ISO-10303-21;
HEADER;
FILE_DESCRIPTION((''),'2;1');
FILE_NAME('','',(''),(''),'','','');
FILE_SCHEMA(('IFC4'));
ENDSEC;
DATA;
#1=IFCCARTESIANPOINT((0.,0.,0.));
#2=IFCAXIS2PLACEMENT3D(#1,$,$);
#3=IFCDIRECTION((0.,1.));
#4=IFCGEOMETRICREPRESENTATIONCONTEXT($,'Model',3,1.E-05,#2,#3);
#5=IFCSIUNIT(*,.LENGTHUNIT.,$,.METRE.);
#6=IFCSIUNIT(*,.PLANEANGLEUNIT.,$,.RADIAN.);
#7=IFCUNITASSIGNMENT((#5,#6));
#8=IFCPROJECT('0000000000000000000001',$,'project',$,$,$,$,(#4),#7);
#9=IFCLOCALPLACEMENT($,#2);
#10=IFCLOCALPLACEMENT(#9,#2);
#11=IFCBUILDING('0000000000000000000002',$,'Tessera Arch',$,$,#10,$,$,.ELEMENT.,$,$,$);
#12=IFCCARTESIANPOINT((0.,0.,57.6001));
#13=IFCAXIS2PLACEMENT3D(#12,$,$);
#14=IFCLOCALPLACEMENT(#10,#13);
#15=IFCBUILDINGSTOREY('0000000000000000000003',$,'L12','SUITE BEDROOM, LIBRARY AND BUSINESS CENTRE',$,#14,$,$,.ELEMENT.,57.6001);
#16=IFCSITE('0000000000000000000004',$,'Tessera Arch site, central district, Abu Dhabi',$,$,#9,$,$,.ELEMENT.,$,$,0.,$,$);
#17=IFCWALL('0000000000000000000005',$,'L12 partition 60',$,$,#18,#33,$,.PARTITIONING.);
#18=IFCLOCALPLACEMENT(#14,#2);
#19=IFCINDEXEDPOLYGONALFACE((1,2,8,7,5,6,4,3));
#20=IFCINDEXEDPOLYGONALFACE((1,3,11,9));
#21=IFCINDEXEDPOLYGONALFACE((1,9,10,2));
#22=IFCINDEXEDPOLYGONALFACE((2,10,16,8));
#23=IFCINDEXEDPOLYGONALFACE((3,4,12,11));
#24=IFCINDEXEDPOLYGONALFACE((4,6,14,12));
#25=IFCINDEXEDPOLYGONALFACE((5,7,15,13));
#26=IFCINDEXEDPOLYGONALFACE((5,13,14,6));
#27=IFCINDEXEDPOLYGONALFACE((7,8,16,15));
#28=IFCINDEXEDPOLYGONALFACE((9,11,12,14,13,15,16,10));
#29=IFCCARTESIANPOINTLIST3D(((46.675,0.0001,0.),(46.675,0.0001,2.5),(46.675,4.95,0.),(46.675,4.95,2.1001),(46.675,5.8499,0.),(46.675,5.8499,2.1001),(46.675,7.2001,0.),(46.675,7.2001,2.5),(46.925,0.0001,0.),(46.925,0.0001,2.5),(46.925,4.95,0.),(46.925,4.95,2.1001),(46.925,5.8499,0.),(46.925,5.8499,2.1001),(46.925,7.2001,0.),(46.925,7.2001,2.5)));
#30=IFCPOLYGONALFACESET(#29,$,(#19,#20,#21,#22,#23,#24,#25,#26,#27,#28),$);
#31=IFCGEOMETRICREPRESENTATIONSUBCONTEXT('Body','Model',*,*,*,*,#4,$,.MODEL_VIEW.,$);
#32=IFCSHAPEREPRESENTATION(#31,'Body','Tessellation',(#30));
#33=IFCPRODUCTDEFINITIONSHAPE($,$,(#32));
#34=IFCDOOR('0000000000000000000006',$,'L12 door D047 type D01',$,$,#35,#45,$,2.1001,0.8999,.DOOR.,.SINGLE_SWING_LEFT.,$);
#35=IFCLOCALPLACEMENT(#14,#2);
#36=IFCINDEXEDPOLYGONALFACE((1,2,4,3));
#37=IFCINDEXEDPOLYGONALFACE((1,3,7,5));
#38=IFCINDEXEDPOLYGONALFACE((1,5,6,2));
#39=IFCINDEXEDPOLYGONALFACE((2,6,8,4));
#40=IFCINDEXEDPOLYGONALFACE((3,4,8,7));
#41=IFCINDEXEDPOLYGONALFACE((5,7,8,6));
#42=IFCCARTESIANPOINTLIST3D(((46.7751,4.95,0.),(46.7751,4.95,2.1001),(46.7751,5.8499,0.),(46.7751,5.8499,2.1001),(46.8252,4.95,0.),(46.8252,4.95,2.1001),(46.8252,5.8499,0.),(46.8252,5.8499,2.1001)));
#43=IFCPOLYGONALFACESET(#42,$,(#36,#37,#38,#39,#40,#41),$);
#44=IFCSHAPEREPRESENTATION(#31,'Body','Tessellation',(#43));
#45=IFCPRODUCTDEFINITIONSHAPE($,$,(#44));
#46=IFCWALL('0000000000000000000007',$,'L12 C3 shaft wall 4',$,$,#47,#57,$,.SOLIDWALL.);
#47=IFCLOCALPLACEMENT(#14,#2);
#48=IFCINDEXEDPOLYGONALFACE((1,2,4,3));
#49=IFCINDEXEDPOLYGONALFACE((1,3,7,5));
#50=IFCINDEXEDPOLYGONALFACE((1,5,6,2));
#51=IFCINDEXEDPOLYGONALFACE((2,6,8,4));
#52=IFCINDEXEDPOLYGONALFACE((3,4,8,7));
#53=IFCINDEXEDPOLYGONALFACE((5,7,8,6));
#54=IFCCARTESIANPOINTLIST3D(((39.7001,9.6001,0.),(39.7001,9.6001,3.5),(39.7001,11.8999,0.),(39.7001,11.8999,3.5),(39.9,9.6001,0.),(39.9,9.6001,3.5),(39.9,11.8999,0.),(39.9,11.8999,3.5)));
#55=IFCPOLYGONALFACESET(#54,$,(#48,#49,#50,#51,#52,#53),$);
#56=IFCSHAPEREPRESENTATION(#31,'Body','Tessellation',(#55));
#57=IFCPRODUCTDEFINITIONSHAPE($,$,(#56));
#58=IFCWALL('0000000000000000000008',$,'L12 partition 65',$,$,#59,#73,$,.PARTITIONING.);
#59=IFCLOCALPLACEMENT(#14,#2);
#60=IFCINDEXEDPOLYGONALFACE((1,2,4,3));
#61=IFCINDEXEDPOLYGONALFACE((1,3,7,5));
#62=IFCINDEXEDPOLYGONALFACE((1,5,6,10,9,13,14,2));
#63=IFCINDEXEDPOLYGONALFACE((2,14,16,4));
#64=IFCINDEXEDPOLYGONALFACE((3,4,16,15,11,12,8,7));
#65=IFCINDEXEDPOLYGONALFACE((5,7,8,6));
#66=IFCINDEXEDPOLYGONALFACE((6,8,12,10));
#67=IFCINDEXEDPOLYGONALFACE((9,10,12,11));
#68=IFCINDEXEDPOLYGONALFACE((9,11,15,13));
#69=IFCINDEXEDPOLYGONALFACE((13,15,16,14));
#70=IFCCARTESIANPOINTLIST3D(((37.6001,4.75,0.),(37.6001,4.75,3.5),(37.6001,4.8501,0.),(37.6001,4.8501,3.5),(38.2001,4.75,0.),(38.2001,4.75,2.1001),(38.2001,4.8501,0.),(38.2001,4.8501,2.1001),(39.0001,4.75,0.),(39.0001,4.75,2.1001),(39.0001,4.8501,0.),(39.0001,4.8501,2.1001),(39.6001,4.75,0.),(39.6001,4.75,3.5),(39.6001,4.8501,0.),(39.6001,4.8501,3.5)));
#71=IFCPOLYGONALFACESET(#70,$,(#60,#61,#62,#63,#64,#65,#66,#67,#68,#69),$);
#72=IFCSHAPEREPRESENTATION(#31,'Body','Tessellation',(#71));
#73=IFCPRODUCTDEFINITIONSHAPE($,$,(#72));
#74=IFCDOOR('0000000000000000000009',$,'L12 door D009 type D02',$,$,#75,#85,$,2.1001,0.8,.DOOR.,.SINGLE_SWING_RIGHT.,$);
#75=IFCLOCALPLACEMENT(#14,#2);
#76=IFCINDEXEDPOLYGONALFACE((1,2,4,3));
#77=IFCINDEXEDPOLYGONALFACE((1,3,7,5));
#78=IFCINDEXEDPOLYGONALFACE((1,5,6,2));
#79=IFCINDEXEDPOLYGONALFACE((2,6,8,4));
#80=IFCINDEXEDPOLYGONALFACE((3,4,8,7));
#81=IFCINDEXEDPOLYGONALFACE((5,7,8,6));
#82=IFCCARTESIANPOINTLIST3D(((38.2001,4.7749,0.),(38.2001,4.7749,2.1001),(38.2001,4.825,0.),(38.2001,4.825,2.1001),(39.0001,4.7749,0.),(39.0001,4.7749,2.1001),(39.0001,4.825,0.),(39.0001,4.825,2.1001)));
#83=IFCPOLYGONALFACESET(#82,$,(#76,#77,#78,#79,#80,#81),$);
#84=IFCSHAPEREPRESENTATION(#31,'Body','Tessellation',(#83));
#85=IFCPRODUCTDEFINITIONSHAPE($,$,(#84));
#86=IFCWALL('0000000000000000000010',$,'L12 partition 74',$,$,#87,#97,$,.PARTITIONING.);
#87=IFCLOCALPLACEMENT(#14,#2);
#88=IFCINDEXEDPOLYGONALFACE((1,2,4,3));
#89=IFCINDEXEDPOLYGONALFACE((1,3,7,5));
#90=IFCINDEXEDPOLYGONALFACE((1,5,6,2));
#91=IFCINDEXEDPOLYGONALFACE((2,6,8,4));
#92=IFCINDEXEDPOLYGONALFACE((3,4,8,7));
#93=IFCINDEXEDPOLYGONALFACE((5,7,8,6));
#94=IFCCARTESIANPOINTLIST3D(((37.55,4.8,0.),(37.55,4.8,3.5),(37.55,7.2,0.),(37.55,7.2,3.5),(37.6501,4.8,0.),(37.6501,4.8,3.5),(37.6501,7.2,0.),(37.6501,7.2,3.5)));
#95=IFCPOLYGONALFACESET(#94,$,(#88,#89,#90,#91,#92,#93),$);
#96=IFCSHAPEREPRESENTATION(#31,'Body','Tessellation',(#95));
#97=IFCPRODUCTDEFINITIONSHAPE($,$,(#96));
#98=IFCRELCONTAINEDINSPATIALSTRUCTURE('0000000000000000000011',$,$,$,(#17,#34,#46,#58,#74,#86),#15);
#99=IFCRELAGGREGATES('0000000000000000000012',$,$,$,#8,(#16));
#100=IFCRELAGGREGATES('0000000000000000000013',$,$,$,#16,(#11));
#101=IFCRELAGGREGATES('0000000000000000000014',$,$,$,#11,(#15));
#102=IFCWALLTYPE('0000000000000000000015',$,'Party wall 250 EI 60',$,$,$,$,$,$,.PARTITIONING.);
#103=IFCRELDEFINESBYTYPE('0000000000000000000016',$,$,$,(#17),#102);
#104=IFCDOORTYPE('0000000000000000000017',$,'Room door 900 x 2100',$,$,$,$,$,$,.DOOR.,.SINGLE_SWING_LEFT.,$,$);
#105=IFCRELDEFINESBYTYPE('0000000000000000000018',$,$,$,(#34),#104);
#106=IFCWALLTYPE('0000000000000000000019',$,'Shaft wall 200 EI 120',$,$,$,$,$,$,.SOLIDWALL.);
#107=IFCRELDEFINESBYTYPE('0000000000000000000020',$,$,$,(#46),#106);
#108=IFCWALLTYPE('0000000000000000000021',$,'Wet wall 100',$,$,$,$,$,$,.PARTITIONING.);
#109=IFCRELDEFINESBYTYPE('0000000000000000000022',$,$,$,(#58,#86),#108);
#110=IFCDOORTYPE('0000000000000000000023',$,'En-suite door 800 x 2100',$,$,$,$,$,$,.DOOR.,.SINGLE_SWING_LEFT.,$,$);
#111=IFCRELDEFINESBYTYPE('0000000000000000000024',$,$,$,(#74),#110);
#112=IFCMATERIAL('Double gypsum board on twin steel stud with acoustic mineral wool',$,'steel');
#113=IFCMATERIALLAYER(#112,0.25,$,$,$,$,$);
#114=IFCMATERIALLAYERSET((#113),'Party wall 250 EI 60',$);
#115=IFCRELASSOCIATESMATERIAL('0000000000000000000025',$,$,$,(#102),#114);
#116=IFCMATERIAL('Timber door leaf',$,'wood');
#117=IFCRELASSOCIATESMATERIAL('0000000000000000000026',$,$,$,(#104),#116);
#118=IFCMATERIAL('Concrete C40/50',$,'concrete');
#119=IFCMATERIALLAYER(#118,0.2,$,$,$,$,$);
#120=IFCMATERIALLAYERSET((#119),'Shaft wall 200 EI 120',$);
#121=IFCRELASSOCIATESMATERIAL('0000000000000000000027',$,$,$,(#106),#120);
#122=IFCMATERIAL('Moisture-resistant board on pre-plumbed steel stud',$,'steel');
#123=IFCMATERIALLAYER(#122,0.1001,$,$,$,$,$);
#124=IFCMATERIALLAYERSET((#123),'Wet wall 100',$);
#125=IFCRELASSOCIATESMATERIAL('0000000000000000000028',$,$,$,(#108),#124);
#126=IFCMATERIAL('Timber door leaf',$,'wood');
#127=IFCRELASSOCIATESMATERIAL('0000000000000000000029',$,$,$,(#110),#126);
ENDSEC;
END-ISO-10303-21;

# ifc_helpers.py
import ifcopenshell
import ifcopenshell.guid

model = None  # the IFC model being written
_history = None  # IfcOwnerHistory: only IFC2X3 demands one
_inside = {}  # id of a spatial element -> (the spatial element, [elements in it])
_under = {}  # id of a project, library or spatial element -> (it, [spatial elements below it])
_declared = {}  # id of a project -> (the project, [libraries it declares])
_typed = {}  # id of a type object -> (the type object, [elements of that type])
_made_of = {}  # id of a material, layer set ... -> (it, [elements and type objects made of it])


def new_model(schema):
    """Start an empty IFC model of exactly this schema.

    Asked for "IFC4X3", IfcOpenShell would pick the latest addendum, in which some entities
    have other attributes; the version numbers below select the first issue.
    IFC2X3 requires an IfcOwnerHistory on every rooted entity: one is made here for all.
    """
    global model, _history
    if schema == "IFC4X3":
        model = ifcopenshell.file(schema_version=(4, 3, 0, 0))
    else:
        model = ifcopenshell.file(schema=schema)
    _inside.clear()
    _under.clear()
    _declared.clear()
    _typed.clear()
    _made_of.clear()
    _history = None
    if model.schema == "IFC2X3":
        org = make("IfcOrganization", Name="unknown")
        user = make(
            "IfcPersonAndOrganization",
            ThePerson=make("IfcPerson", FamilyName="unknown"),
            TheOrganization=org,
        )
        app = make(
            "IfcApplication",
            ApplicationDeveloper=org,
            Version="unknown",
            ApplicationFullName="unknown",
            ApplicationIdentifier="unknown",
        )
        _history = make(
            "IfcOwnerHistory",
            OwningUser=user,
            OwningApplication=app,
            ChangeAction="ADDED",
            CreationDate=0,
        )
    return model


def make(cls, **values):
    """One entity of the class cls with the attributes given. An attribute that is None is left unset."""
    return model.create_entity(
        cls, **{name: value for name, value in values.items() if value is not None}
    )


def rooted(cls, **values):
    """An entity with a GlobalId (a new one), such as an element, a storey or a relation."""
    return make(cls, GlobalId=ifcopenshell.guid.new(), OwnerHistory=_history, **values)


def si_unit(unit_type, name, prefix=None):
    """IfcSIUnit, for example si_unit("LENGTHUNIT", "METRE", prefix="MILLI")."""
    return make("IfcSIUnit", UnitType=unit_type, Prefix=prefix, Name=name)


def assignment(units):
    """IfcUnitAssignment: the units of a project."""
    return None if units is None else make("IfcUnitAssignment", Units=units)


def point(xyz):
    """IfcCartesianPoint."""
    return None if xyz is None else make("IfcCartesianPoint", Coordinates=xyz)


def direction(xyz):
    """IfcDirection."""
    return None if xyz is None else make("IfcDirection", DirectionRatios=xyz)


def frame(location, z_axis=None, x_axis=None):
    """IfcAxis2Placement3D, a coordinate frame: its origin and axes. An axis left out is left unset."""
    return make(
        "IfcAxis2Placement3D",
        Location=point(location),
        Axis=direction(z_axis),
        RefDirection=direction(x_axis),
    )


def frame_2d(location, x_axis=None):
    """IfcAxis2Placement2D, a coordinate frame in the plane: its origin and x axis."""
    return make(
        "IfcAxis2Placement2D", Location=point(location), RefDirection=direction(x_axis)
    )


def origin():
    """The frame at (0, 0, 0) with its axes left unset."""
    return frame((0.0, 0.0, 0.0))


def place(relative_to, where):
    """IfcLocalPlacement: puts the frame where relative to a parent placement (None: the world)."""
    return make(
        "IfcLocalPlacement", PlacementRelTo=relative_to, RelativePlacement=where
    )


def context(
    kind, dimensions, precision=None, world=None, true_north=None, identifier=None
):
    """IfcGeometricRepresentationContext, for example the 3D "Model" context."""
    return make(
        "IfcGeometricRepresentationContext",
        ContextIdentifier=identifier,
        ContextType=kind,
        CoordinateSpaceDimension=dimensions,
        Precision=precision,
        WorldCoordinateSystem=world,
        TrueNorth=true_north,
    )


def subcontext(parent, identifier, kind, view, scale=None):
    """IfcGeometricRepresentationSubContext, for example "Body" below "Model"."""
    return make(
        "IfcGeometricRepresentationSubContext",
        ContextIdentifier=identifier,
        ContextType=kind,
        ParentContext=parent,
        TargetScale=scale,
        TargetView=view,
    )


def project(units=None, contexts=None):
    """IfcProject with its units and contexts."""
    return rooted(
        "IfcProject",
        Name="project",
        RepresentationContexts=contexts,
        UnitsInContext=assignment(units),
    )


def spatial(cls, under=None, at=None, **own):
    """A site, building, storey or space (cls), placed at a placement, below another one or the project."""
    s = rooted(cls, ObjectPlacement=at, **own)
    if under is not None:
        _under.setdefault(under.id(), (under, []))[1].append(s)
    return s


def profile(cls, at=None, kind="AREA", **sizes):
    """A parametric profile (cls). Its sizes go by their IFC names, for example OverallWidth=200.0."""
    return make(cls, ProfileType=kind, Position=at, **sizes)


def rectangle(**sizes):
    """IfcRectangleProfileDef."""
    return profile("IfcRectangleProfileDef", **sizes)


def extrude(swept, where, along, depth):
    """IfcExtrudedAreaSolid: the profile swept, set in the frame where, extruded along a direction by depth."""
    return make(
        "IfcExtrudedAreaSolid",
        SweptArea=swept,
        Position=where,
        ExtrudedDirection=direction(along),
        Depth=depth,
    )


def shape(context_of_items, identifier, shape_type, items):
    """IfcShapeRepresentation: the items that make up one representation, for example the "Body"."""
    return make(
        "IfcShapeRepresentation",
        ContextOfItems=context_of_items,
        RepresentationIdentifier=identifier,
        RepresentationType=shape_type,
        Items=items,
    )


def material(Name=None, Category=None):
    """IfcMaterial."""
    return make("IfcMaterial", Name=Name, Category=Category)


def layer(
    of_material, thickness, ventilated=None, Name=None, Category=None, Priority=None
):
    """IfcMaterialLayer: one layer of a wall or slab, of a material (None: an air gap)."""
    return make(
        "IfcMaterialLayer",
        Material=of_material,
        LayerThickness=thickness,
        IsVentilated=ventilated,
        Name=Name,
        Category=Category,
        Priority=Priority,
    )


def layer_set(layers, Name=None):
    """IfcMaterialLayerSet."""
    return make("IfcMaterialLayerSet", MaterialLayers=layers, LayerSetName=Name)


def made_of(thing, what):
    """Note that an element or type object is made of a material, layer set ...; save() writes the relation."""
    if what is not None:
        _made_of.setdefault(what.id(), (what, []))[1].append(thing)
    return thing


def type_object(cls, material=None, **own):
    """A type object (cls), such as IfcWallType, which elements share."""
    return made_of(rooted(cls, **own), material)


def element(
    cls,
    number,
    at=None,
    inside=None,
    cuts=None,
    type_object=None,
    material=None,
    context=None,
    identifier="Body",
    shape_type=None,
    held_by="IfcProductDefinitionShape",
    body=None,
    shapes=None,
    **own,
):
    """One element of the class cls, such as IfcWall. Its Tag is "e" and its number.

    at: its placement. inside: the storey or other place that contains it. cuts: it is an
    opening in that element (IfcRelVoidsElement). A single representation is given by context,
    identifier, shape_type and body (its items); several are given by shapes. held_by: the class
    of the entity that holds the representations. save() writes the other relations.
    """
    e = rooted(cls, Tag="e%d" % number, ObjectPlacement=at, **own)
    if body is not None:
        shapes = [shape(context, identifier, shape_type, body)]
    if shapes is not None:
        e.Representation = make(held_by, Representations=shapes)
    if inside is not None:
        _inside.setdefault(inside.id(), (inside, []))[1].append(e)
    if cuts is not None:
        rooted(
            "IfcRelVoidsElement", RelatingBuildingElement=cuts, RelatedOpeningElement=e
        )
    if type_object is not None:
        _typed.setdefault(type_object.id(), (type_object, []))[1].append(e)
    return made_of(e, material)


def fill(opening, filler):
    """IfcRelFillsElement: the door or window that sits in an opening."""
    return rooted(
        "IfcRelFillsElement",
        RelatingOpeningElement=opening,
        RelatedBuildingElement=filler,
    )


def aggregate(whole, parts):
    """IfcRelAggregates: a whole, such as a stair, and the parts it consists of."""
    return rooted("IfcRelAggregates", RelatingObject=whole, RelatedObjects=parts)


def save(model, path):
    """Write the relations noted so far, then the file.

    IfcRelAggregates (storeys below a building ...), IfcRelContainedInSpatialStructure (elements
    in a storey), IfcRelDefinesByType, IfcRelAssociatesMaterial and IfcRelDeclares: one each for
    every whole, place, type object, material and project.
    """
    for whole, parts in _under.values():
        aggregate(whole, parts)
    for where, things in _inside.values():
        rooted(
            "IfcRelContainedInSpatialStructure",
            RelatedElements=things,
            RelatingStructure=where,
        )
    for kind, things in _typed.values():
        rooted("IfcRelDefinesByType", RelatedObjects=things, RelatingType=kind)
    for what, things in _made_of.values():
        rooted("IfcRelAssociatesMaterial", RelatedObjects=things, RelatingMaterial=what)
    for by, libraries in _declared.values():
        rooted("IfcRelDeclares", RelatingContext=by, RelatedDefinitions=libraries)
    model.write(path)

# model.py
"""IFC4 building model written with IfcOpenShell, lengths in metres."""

from ifc_helpers import new_model, si_unit, direction, frame, frame_2d, origin, place, context, subcontext, project, spatial, rectangle, extrude, material, layer, layer_set, type_object, element, fill, save


model = new_model("IFC4")

# Units and contexts
model_context = context("Model", 3, precision=1e-05, world=origin(), true_north=direction((0.0, 1.0)))
body_context = subcontext(model_context, "Body", "Model", "MODEL_VIEW")
ifc_project = project(units=[si_unit("LENGTHUNIT", "METRE"), si_unit("PLANEANGLEUNIT", "RADIAN")], contexts=[model_context])

# Site, building, storey
site_placement = place(None, origin())
site = spatial("IfcSite", under=ifc_project, at=site_placement, Name="Tessera Arch site, central district, Abu Dhabi", CompositionType="ELEMENT", RefElevation=0.0)
building_placement = place(site_placement, origin())
building = spatial("IfcBuilding", under=site, at=building_placement, Name="Tessera Arch", CompositionType="ELEMENT")
storey_placement = place(building_placement, frame((0.0, 0.0, 57.6001)))
storey = spatial("IfcBuildingStorey", under=building, at=storey_placement, Name="L12", Description="SUITE BEDROOM, LIBRARY AND BUSINESS CENTRE", CompositionType="ELEMENT", Elevation=57.6001)

# Shared definitions
ifc_material_1 = material(Name="Double gypsum board on twin steel stud with acoustic mineral wool", Category="steel")
ifc_layer_1 = layer(ifc_material_1, 0.25)
ifc_layer_set_1 = layer_set([ifc_layer_1], Name="Party wall 250 EI 60")
wall_type_1 = type_object("IfcWallType", Name="Party wall 250 EI 60", PredefinedType="PARTITIONING", material=ifc_layer_set_1)

# Wall, opening, door
wall_1_placement = place(storey_placement, frame((46.8, 0.0, 0.0), z_axis=(0.0, 0.0, 1.0), x_axis=(0.0, 1.0, 0.0)))
wall_1 = element("IfcWall", 1, at=wall_1_placement, inside=storey, type_object=wall_type_1, Name="L12 partition 60", PredefinedType="PARTITIONING", context=body_context, shape_type="SweptSolid", body=[
    extrude(rectangle(XDim=7.2, YDim=0.25, at=frame_2d((3.6001, 0.0))), origin(), (0.0, 0.0, 1.0), 2.5),
])
opening_1_placement = place(wall_1_placement, frame((4.95, 0.0, 0.0)))
opening_1 = element("IfcOpeningElement", 2, at=opening_1_placement, cuts=wall_1, PredefinedType="OPENING", context=body_context, shape_type="SweptSolid", body=[
    extrude(rectangle(XDim=0.8999, YDim=2.1001, at=frame_2d((0.45, 1.05))), frame((0.0, 0.135, 0.0), z_axis=(0.0, -1.0, 0.0), x_axis=(1.0, 0.0, 0.0)), (0.0, 0.0, 1.0), 0.27),
])
ifc_material_2 = material(Name="Timber door leaf", Category="wood")
door_type_1 = type_object("IfcDoorType", Name="Room door 900 x 2100", OperationType="SINGLE_SWING_LEFT", PredefinedType="DOOR", material=ifc_material_2)
door_1_placement = place(opening_1_placement, origin())
door_1 = element("IfcDoor", 3, at=door_1_placement, inside=storey, type_object=door_type_1, Name="L12 door D047 type D01", OperationType="SINGLE_SWING_LEFT", OverallHeight=2.1001, OverallWidth=0.8999, PredefinedType="DOOR", context=body_context, shape_type="SweptSolid", body=[
    extrude(rectangle(XDim=0.8999, YDim=2.1001, at=frame_2d((0.45, 1.05))), frame((0.0, 0.0249, 0.0), z_axis=(0.0, -1.0, 0.0), x_axis=(1.0, 0.0, 0.0)), (0.0, 0.0, 1.0), 0.05),
])
fill(opening_1, door_1)

# Wall
ifc_material_3 = material(Name="Concrete C40/50", Category="concrete")
ifc_layer_2 = layer(ifc_material_3, 0.2)
ifc_layer_set_2 = layer_set([ifc_layer_2], Name="Shaft wall 200 EI 120")
wall_type_2 = type_object("IfcWallType", Name="Shaft wall 200 EI 120", PredefinedType="SOLIDWALL", material=ifc_layer_set_2)
wall_2_placement = place(storey_placement, frame((39.8, 9.6001, 0.0), z_axis=(0.0, 0.0, 1.0), x_axis=(0.0, 1.0, 0.0)))
element("IfcWall", 4, at=wall_2_placement, inside=storey, type_object=wall_type_2, Name="L12 C3 shaft wall 4", PredefinedType="SOLIDWALL", context=body_context, shape_type="SweptSolid", body=[
    extrude(rectangle(XDim=2.2998, YDim=0.2, at=frame_2d((1.1499, 0.0))), origin(), (0.0, 0.0, 1.0), 3.5),
])

# Wall, opening, door
ifc_material_4 = material(Name="Moisture-resistant board on pre-plumbed steel stud", Category="steel")
ifc_layer_3 = layer(ifc_material_4, 0.1001)
ifc_layer_set_3 = layer_set([ifc_layer_3], Name="Wet wall 100")
wall_type_3 = type_object("IfcWallType", Name="Wet wall 100", PredefinedType="PARTITIONING", material=ifc_layer_set_3)
wall_3_placement = place(storey_placement, frame((37.6001, 4.8, 0.0), z_axis=(0.0, 0.0, 1.0), x_axis=(1.0, 0.0, 0.0)))
wall_3 = element("IfcWall", 5, at=wall_3_placement, inside=storey, type_object=wall_type_3, Name="L12 partition 65", PredefinedType="PARTITIONING", context=body_context, shape_type="SweptSolid", body=[
    extrude(rectangle(XDim=2.0, YDim=0.1001, at=frame_2d((1.0, 0.0))), origin(), (0.0, 0.0, 1.0), 3.5),
])
opening_2_placement = place(wall_3_placement, frame((0.6001, 0.0, 0.0)))
opening_2 = element("IfcOpeningElement", 6, at=opening_2_placement, cuts=wall_3, PredefinedType="OPENING", context=body_context, shape_type="SweptSolid", body=[
    extrude(rectangle(XDim=0.8, YDim=2.1001, at=frame_2d((0.3999, 1.05))), frame((0.0, 0.0601, 0.0), z_axis=(0.0, -1.0, 0.0), x_axis=(1.0, 0.0, 0.0)), (0.0, 0.0, 1.0), 0.1201),
])
ifc_material_5 = material(Name="Timber door leaf", Category="wood")
door_type_2 = type_object("IfcDoorType", Name="En-suite door 800 x 2100", OperationType="SINGLE_SWING_LEFT", PredefinedType="DOOR", material=ifc_material_5)
door_2_placement = place(opening_2_placement, origin())
door_2 = element("IfcDoor", 7, at=door_2_placement, inside=storey, type_object=door_type_2, Name="L12 door D009 type D02", OperationType="SINGLE_SWING_RIGHT", OverallHeight=2.1001, OverallWidth=0.8, PredefinedType="DOOR", context=body_context, shape_type="SweptSolid", body=[
    extrude(rectangle(XDim=0.8, YDim=2.1001, at=frame_2d((0.3999, 1.05))), frame((0.0, 0.0249, 0.0), z_axis=(0.0, -1.0, 0.0), x_axis=(1.0, 0.0, 0.0)), (0.0, 0.0, 1.0), 0.05),
])
fill(opening_2, door_2)

# Wall
wall_4_placement = place(storey_placement, frame((37.6001, 4.8, 0.0), z_axis=(0.0, 0.0, 1.0), x_axis=(0.0, 1.0, 0.0)))
element("IfcWall", 8, at=wall_4_placement, inside=storey, type_object=wall_type_3, Name="L12 partition 74", PredefinedType="PARTITIONING", context=body_context, shape_type="SweptSolid", body=[
    extrude(rectangle(XDim=2.3999, YDim=0.1001, at=frame_2d((1.2, 0.0))), origin(), (0.0, 0.0, 1.0), 3.5),
])

save(model, "model.ifc")
